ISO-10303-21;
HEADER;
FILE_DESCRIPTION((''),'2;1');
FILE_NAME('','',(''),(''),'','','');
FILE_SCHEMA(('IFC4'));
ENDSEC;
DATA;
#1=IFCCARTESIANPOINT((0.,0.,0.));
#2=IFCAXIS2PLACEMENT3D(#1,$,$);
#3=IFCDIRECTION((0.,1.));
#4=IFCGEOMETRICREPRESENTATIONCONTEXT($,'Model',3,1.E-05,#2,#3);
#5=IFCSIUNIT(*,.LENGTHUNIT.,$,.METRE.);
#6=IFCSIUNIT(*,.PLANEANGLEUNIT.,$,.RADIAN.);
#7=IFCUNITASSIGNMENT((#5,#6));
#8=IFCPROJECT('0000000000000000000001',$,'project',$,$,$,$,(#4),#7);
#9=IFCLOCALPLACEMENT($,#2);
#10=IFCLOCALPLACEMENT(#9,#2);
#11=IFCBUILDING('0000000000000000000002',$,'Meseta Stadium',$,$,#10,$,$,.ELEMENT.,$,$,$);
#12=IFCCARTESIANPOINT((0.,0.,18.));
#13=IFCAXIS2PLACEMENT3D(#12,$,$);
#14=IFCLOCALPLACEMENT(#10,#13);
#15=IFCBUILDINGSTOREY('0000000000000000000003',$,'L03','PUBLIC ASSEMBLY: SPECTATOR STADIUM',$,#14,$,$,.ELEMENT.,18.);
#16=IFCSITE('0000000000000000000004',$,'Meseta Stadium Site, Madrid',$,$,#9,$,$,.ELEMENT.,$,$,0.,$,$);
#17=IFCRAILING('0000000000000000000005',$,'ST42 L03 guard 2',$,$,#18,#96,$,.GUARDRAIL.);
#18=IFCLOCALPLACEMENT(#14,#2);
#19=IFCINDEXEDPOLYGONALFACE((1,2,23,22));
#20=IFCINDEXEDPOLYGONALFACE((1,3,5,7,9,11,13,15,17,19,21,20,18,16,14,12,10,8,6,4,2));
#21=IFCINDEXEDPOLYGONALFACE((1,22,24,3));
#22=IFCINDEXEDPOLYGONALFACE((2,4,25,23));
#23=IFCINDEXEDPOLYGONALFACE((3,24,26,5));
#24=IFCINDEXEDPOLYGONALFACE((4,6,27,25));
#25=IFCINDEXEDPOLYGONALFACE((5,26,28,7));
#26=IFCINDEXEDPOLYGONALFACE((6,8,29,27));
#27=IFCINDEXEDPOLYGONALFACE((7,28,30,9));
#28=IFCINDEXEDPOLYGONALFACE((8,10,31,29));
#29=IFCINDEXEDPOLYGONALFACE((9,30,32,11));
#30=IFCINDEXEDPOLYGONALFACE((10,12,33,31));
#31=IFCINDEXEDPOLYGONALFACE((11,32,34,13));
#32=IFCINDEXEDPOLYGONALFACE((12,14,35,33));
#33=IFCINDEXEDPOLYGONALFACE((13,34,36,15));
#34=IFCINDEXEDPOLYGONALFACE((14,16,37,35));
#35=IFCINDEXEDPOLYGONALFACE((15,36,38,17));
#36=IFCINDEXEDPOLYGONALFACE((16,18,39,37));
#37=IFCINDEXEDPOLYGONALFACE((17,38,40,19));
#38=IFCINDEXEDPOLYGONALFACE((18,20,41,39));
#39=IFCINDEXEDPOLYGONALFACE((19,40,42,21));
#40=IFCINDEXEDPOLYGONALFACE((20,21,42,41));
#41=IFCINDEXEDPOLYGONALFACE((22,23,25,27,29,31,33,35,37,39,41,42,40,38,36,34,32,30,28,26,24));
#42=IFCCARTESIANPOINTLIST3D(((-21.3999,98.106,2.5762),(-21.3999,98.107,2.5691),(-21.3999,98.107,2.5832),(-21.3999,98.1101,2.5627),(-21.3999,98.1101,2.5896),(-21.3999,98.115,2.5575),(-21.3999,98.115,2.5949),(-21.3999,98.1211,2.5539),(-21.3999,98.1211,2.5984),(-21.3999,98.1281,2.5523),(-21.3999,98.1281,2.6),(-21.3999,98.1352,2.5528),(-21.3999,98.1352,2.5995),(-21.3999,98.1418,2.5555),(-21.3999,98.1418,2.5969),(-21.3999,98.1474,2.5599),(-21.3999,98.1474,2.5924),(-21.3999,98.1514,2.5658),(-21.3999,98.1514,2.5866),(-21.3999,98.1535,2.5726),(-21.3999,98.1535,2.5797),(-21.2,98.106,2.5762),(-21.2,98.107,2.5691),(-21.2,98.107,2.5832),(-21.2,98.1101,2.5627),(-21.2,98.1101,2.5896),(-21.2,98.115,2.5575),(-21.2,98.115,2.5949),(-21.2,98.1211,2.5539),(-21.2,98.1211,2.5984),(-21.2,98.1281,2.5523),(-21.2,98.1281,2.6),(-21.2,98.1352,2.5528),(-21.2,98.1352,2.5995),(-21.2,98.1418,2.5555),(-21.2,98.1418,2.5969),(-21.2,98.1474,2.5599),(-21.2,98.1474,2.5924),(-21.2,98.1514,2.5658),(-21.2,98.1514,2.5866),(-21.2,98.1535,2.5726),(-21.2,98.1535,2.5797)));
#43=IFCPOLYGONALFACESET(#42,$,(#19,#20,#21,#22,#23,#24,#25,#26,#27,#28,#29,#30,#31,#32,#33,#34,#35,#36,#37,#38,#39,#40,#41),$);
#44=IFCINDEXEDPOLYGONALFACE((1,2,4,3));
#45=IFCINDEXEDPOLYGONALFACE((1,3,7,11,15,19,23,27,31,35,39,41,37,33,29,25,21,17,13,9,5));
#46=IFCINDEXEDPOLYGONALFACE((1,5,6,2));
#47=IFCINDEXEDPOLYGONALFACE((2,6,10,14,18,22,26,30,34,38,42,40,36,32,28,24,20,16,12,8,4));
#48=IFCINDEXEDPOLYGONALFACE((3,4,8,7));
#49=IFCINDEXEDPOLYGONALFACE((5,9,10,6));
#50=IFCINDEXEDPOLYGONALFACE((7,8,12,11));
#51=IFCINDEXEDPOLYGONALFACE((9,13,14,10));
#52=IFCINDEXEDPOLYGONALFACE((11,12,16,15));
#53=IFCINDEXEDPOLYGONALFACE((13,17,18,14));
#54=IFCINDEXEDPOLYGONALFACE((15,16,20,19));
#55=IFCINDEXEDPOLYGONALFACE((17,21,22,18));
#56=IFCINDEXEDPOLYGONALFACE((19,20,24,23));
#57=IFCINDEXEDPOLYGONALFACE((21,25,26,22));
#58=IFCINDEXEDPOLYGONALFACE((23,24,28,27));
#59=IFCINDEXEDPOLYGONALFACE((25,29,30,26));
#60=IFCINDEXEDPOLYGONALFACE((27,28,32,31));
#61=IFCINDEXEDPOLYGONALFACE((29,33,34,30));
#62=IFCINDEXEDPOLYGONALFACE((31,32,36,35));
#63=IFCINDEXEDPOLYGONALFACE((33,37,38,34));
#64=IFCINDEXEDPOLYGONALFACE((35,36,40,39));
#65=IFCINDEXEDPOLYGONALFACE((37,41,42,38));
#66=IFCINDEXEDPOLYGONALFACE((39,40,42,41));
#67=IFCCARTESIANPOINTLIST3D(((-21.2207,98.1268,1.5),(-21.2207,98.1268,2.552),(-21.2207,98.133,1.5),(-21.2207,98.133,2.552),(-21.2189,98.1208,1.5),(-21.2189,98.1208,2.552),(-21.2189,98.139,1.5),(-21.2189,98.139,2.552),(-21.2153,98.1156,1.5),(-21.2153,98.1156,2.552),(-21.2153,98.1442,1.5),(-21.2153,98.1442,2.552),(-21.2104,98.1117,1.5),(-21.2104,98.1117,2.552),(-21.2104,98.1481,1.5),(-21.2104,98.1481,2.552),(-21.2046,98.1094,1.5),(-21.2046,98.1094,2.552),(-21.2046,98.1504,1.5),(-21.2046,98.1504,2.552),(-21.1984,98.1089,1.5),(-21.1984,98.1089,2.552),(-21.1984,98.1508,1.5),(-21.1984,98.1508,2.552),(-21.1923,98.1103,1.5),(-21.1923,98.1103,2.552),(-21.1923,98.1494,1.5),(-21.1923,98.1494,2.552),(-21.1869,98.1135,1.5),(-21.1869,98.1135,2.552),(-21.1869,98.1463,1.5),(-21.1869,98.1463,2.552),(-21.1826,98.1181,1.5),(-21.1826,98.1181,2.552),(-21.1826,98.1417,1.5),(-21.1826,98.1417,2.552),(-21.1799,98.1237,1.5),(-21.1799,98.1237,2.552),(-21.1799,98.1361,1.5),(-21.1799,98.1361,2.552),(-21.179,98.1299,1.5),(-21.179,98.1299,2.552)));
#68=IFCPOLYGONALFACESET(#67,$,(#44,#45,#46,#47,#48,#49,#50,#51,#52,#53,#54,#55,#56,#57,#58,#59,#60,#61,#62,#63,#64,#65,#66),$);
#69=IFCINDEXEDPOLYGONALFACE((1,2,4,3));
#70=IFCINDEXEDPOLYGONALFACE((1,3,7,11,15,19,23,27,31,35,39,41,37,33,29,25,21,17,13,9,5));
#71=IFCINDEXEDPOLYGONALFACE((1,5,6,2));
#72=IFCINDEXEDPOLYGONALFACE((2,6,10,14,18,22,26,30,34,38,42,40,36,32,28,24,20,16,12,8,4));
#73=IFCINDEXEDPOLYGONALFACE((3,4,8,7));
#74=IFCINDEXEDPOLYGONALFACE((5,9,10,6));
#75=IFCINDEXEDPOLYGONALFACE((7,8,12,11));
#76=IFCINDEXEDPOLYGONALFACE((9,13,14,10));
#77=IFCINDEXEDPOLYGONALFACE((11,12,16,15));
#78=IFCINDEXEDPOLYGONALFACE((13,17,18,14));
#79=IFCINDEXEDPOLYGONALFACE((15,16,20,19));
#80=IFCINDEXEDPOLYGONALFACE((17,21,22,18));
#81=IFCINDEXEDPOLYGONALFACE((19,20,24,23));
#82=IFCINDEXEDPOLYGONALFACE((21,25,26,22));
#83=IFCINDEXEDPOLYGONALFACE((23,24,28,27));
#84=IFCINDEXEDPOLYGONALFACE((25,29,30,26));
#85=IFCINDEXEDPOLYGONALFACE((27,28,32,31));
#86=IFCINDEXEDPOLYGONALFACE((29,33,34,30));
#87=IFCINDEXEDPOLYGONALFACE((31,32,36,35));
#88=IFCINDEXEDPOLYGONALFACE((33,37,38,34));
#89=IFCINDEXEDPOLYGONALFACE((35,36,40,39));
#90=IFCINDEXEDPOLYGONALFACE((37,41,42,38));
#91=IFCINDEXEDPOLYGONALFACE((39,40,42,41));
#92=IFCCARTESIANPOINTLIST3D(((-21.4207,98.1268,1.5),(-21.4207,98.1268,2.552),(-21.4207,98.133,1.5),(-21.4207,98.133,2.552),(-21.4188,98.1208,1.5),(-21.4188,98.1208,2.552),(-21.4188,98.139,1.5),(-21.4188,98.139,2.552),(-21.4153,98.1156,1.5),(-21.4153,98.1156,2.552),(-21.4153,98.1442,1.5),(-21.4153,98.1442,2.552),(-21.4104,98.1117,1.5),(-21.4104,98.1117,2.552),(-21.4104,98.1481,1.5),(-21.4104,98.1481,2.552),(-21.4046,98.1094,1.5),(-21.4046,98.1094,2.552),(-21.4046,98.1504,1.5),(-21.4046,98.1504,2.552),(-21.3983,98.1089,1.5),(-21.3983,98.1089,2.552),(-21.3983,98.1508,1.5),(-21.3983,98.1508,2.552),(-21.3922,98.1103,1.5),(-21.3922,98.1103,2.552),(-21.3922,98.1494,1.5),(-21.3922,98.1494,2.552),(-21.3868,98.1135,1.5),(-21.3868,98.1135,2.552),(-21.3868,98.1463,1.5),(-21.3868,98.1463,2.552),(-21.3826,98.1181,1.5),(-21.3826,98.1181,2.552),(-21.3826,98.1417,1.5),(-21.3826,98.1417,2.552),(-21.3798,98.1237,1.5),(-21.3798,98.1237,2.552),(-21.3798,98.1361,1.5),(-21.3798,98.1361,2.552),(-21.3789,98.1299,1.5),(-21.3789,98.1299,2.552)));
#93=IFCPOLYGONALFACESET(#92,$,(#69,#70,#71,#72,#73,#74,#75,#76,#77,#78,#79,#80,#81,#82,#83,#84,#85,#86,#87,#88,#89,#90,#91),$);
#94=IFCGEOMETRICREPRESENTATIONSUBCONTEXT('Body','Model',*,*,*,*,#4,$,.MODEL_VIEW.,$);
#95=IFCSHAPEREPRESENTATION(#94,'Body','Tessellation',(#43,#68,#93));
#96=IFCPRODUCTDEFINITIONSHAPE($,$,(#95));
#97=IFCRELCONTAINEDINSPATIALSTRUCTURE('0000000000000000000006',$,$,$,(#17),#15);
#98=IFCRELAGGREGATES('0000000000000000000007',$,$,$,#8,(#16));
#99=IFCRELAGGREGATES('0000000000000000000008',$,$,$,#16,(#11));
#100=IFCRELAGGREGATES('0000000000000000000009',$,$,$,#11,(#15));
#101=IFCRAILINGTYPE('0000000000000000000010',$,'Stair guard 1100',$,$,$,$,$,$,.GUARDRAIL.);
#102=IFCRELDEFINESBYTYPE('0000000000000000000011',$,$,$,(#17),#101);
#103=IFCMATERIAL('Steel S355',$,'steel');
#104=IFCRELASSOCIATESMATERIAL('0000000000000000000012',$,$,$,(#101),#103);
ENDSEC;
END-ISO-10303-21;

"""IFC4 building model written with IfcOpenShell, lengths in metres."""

from ifc_helpers import new_model, si_unit, direction, frame, origin, origin_2d, place, context, subcontext, project, spatial, circle, extrude, material, type_object, element, save


model = new_model("IFC4")

# Units and contexts
model_context = context("Model", 3, precision=1e-05, world=origin(), true_north=direction((0.0, 1.0)))
body_context = subcontext(model_context, "Body", "Model", "MODEL_VIEW")
ifc_project = project(units=[si_unit("LENGTHUNIT", "METRE"), si_unit("PLANEANGLEUNIT", "RADIAN")], contexts=[model_context])

# Site, building, storey
site_placement = place(None, origin())
site = spatial("IfcSite", under=ifc_project, at=site_placement, Name="Meseta Stadium Site, Madrid", CompositionType="ELEMENT", RefElevation=0.0)
building_placement = place(site_placement, origin())
building = spatial("IfcBuilding", under=site, at=building_placement, Name="Meseta Stadium", CompositionType="ELEMENT")
storey_placement = place(building_placement, frame((0.0, 0.0, 18.0)))
storey = spatial("IfcBuildingStorey", under=building, at=storey_placement, Name="L03", Description="PUBLIC ASSEMBLY: SPECTATOR STADIUM", CompositionType="ELEMENT", Elevation=18.0)

# Railing
ifc_material_1 = material(Name="Steel S355", Category="steel")
railing_type_1 = type_object("IfcRailingType", Name="Stair guard 1100", PredefinedType="GUARDRAIL", material=ifc_material_1)
railing_1_placement = place(storey_placement, frame((-21.2, 98.1299, 1.5)))
element("IfcRailing", 1, at=railing_1_placement, inside=storey, type_object=railing_type_1, Name="ST42 L03 guard 2", PredefinedType="GUARDRAIL", context=body_context, shape_type="SweptSolid", body=[
    extrude(circle(Radius=0.0239, at=origin_2d()), frame((0.0, 0.0, 1.0762), z_axis=(-1.0, 0.0, 0.0), x_axis=(0.0, -1.0, 0.0)), (0.0, 0.0, 1.0), 0.2),
    extrude(circle(Radius=0.021, at=origin_2d()), origin(), (0.0, 0.0, 1.0), 1.052),
    extrude(circle(Radius=0.021, at=origin_2d()), frame((-0.2, 0.0, 0.0)), (0.0, 0.0, 1.0), 1.052),
])

save(model, "model.ifc")
